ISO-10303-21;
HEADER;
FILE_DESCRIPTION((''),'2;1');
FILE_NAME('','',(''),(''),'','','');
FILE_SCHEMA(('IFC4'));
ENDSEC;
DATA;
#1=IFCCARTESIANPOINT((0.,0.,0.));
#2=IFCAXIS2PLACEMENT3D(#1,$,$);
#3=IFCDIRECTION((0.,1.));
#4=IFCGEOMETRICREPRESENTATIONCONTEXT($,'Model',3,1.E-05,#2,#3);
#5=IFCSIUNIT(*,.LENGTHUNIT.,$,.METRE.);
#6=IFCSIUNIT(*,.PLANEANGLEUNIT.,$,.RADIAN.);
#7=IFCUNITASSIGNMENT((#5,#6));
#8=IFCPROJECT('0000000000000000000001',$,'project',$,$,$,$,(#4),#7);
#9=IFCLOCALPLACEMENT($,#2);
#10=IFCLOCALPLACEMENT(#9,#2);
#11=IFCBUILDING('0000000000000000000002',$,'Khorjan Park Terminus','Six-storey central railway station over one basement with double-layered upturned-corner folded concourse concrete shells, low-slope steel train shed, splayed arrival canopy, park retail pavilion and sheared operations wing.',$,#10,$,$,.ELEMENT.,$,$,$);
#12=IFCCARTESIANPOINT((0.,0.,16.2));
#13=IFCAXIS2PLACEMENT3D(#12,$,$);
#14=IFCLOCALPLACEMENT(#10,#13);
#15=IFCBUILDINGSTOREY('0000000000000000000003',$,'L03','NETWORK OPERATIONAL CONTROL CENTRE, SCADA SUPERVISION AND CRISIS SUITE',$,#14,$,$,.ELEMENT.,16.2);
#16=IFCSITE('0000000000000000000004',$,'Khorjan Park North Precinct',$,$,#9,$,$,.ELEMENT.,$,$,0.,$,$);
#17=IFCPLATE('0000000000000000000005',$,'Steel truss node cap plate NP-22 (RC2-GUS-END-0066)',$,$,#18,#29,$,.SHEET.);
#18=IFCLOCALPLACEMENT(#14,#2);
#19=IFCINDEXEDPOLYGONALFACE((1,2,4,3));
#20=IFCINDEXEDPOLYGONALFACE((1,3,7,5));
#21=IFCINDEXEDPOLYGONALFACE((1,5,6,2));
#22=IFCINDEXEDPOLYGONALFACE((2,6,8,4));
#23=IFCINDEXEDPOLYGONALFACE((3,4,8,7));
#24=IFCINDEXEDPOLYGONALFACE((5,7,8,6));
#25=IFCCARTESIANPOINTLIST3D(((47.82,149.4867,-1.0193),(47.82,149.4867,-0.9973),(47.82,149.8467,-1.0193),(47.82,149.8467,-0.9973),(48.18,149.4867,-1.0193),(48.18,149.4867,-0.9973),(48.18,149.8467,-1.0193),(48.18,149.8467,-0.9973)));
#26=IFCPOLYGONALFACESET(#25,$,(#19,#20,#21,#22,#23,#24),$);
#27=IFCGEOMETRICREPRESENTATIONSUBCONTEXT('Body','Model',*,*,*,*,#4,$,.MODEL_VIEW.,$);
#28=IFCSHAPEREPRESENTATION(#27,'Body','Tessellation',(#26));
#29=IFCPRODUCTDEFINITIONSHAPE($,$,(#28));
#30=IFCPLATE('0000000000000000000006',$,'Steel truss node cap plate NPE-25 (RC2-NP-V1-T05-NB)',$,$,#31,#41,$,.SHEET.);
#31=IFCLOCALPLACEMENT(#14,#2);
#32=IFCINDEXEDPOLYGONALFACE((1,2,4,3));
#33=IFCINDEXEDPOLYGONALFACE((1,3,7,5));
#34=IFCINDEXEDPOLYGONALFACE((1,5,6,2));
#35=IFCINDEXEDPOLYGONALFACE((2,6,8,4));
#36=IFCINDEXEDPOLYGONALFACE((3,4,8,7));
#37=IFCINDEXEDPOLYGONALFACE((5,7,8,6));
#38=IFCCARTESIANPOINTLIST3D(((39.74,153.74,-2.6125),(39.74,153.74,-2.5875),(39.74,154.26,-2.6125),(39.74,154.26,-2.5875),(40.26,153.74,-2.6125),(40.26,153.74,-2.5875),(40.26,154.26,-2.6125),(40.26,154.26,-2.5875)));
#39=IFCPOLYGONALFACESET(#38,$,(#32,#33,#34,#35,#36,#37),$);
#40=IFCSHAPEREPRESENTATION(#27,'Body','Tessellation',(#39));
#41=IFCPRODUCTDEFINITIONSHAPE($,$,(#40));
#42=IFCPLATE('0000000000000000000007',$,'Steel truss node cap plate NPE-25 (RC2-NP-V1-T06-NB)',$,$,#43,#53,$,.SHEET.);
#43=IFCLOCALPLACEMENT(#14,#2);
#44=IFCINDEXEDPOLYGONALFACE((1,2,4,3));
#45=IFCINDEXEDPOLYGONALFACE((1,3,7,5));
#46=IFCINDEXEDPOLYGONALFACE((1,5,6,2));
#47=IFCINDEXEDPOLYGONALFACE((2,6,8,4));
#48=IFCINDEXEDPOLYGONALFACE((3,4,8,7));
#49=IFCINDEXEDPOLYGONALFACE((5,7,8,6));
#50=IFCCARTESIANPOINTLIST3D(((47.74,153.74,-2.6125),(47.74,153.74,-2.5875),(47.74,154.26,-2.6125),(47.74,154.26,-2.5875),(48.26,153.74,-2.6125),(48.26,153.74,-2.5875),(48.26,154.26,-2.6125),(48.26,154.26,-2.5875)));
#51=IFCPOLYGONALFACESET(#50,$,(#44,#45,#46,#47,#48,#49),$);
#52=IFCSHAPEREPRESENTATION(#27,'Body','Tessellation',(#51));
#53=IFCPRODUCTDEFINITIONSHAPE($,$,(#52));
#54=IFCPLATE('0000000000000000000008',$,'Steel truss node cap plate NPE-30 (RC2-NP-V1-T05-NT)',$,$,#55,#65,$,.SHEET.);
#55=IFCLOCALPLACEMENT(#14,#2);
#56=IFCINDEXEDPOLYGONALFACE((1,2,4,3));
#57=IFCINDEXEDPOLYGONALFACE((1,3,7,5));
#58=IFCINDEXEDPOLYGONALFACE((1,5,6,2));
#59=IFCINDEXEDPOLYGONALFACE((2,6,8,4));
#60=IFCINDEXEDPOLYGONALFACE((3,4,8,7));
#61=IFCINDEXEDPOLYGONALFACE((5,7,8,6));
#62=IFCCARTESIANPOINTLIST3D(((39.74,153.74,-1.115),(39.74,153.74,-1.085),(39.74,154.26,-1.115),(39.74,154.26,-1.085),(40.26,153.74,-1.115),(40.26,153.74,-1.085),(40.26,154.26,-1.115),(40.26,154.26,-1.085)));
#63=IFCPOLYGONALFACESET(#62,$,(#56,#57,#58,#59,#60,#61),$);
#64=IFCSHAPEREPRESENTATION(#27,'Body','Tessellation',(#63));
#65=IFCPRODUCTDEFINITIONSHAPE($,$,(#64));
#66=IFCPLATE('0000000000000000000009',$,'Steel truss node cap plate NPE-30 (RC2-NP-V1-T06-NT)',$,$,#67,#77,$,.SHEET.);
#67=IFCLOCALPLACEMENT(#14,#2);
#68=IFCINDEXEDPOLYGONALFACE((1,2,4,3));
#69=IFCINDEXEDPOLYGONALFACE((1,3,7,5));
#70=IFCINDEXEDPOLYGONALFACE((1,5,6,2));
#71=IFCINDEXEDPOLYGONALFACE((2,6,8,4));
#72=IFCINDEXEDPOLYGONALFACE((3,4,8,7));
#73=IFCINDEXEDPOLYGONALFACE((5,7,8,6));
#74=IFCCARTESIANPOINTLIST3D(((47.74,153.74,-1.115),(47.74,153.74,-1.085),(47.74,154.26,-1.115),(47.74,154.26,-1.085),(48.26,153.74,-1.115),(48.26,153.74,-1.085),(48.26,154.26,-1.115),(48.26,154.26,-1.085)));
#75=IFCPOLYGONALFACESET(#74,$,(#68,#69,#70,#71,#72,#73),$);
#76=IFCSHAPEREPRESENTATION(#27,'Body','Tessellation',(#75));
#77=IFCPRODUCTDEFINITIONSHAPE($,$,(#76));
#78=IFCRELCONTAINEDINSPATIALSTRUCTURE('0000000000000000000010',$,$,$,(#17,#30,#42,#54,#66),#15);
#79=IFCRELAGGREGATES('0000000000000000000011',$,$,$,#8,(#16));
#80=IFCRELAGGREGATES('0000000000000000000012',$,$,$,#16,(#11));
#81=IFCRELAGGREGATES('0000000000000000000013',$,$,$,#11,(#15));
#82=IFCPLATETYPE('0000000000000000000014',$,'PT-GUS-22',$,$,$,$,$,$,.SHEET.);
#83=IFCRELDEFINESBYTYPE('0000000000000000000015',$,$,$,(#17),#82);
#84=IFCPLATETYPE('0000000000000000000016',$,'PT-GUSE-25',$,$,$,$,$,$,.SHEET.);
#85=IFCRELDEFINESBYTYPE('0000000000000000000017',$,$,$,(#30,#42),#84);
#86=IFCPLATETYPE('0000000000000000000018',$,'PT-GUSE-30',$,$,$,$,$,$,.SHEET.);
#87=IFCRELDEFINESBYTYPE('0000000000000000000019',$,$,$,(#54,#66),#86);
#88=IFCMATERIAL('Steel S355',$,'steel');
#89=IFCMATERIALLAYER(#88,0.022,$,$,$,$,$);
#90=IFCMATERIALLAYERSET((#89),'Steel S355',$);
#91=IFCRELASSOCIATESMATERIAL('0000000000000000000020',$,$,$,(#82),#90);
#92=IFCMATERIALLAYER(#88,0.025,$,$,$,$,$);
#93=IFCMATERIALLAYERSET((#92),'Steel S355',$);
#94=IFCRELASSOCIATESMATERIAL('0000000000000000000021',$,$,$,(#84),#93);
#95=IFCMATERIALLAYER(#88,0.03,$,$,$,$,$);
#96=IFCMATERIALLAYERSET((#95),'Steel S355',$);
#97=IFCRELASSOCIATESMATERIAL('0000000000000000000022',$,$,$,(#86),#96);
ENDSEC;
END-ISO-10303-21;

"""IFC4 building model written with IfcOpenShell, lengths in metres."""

from ifc_helpers import new_model, si_unit, direction, frame, origin, origin_2d, place, context, subcontext, project, spatial, rectangle, extrude, material, layer, layer_set, type_object, element, save


model = new_model("IFC4")

# Units and contexts
model_context = context("Model", 3, precision=1e-05, world=origin(), true_north=direction((0.0, 1.0)))
body_context = subcontext(model_context, "Body", "Model", "MODEL_VIEW")
ifc_project = project(units=[si_unit("LENGTHUNIT", "METRE"), si_unit("PLANEANGLEUNIT", "RADIAN")], contexts=[model_context])

# Site, building, storey
site_placement = place(None, origin())
site = spatial("IfcSite", under=ifc_project, at=site_placement, Name="Khorjan Park North Precinct", CompositionType="ELEMENT", RefElevation=0.0)
building_placement = place(site_placement, origin())
building = spatial("IfcBuilding", under=site, at=building_placement, Name="Khorjan Park Terminus", Description="Six-storey central railway station over one basement with double-layered upturned-corner folded concourse concrete shells, low-slope steel train shed, splayed arrival canopy, park retail pavilion and sheared operations wing.", CompositionType="ELEMENT")
storey_placement = place(building_placement, frame((0.0, 0.0, 16.2)))
storey = spatial("IfcBuildingStorey", under=building, at=storey_placement, Name="L03", Description="NETWORK OPERATIONAL CONTROL CENTRE, SCADA SUPERVISION AND CRISIS SUITE", CompositionType="ELEMENT", Elevation=16.2)

# Shared definitions
ifc_material = material(Name="Steel S355", Category="steel")

# Plates
ifc_layer_1 = layer(ifc_material, 0.022)
ifc_layer_set_1 = layer_set([ifc_layer_1], Name="Steel S355")
plate_type_1 = type_object("IfcPlateType", Name="PT-GUS-22", PredefinedType="SHEET", material=ifc_layer_set_1)
for number, where, z_axis, x_axis, name in (
    (1, (48.0, 149.6667, -1.0193), (0.0, 0.0, 1.0), (1.0, 0.0, 0.0), "Steel truss node cap plate NP-22 (RC2-GUS-END-0066)"),
):
    element("IfcPlate", number, at=place(storey_placement, frame(where, z_axis=z_axis, x_axis=x_axis)), inside=storey, type_object=plate_type_1, Name=name, PredefinedType="SHEET", context=body_context, shape_type="SweptSolid", body=[
        extrude(rectangle(XDim=0.36, YDim=0.36, at=origin_2d()), origin(), (0.0, 0.0, 1.0), 0.022),
    ])
ifc_layer_2 = layer(ifc_material, 0.025)
ifc_layer_set_2 = layer_set([ifc_layer_2], Name="Steel S355")
plate_type_2 = type_object("IfcPlateType", Name="PT-GUSE-25", PredefinedType="SHEET", material=ifc_layer_set_2)
for number, where, z_axis, x_axis, name in (
    (2, (40.0, 154.0, -2.6125), (0.0, 0.0, 1.0), (1.0, 0.0, 0.0), "Steel truss node cap plate NPE-25 (RC2-NP-V1-T05-NB)"),
    (3, (48.0, 154.0, -2.6125), (0.0, 0.0, 1.0), (1.0, 0.0, 0.0), "Steel truss node cap plate NPE-25 (RC2-NP-V1-T06-NB)"),
):
    element("IfcPlate", number, at=place(storey_placement, frame(where, z_axis=z_axis, x_axis=x_axis)), inside=storey, type_object=plate_type_2, Name=name, PredefinedType="SHEET", context=body_context, shape_type="SweptSolid", body=[
        extrude(rectangle(XDim=0.52, YDim=0.52, at=origin_2d()), origin(), (0.0, 0.0, 1.0), 0.025),
    ])
ifc_layer_3 = layer(ifc_material, 0.03)
ifc_layer_set_3 = layer_set([ifc_layer_3], Name="Steel S355")
plate_type_3 = type_object("IfcPlateType", Name="PT-GUSE-30", PredefinedType="SHEET", material=ifc_layer_set_3)
for number, where, z_axis, x_axis, name in (
    (4, (40.0, 154.0, -1.115), (0.0, 0.0, 1.0), (1.0, 0.0, 0.0), "Steel truss node cap plate NPE-30 (RC2-NP-V1-T05-NT)"),
    (5, (48.0, 154.0, -1.115), (0.0, 0.0, 1.0), (1.0, 0.0, 0.0), "Steel truss node cap plate NPE-30 (RC2-NP-V1-T06-NT)"),
):
    element("IfcPlate", number, at=place(storey_placement, frame(where, z_axis=z_axis, x_axis=x_axis)), inside=storey, type_object=plate_type_3, Name=name, PredefinedType="SHEET", context=body_context, shape_type="SweptSolid", body=[
        extrude(rectangle(XDim=0.52, YDim=0.52, at=origin_2d()), origin(), (0.0, 0.0, 1.0), 0.03),
    ])

save(model, "model.ifc")
